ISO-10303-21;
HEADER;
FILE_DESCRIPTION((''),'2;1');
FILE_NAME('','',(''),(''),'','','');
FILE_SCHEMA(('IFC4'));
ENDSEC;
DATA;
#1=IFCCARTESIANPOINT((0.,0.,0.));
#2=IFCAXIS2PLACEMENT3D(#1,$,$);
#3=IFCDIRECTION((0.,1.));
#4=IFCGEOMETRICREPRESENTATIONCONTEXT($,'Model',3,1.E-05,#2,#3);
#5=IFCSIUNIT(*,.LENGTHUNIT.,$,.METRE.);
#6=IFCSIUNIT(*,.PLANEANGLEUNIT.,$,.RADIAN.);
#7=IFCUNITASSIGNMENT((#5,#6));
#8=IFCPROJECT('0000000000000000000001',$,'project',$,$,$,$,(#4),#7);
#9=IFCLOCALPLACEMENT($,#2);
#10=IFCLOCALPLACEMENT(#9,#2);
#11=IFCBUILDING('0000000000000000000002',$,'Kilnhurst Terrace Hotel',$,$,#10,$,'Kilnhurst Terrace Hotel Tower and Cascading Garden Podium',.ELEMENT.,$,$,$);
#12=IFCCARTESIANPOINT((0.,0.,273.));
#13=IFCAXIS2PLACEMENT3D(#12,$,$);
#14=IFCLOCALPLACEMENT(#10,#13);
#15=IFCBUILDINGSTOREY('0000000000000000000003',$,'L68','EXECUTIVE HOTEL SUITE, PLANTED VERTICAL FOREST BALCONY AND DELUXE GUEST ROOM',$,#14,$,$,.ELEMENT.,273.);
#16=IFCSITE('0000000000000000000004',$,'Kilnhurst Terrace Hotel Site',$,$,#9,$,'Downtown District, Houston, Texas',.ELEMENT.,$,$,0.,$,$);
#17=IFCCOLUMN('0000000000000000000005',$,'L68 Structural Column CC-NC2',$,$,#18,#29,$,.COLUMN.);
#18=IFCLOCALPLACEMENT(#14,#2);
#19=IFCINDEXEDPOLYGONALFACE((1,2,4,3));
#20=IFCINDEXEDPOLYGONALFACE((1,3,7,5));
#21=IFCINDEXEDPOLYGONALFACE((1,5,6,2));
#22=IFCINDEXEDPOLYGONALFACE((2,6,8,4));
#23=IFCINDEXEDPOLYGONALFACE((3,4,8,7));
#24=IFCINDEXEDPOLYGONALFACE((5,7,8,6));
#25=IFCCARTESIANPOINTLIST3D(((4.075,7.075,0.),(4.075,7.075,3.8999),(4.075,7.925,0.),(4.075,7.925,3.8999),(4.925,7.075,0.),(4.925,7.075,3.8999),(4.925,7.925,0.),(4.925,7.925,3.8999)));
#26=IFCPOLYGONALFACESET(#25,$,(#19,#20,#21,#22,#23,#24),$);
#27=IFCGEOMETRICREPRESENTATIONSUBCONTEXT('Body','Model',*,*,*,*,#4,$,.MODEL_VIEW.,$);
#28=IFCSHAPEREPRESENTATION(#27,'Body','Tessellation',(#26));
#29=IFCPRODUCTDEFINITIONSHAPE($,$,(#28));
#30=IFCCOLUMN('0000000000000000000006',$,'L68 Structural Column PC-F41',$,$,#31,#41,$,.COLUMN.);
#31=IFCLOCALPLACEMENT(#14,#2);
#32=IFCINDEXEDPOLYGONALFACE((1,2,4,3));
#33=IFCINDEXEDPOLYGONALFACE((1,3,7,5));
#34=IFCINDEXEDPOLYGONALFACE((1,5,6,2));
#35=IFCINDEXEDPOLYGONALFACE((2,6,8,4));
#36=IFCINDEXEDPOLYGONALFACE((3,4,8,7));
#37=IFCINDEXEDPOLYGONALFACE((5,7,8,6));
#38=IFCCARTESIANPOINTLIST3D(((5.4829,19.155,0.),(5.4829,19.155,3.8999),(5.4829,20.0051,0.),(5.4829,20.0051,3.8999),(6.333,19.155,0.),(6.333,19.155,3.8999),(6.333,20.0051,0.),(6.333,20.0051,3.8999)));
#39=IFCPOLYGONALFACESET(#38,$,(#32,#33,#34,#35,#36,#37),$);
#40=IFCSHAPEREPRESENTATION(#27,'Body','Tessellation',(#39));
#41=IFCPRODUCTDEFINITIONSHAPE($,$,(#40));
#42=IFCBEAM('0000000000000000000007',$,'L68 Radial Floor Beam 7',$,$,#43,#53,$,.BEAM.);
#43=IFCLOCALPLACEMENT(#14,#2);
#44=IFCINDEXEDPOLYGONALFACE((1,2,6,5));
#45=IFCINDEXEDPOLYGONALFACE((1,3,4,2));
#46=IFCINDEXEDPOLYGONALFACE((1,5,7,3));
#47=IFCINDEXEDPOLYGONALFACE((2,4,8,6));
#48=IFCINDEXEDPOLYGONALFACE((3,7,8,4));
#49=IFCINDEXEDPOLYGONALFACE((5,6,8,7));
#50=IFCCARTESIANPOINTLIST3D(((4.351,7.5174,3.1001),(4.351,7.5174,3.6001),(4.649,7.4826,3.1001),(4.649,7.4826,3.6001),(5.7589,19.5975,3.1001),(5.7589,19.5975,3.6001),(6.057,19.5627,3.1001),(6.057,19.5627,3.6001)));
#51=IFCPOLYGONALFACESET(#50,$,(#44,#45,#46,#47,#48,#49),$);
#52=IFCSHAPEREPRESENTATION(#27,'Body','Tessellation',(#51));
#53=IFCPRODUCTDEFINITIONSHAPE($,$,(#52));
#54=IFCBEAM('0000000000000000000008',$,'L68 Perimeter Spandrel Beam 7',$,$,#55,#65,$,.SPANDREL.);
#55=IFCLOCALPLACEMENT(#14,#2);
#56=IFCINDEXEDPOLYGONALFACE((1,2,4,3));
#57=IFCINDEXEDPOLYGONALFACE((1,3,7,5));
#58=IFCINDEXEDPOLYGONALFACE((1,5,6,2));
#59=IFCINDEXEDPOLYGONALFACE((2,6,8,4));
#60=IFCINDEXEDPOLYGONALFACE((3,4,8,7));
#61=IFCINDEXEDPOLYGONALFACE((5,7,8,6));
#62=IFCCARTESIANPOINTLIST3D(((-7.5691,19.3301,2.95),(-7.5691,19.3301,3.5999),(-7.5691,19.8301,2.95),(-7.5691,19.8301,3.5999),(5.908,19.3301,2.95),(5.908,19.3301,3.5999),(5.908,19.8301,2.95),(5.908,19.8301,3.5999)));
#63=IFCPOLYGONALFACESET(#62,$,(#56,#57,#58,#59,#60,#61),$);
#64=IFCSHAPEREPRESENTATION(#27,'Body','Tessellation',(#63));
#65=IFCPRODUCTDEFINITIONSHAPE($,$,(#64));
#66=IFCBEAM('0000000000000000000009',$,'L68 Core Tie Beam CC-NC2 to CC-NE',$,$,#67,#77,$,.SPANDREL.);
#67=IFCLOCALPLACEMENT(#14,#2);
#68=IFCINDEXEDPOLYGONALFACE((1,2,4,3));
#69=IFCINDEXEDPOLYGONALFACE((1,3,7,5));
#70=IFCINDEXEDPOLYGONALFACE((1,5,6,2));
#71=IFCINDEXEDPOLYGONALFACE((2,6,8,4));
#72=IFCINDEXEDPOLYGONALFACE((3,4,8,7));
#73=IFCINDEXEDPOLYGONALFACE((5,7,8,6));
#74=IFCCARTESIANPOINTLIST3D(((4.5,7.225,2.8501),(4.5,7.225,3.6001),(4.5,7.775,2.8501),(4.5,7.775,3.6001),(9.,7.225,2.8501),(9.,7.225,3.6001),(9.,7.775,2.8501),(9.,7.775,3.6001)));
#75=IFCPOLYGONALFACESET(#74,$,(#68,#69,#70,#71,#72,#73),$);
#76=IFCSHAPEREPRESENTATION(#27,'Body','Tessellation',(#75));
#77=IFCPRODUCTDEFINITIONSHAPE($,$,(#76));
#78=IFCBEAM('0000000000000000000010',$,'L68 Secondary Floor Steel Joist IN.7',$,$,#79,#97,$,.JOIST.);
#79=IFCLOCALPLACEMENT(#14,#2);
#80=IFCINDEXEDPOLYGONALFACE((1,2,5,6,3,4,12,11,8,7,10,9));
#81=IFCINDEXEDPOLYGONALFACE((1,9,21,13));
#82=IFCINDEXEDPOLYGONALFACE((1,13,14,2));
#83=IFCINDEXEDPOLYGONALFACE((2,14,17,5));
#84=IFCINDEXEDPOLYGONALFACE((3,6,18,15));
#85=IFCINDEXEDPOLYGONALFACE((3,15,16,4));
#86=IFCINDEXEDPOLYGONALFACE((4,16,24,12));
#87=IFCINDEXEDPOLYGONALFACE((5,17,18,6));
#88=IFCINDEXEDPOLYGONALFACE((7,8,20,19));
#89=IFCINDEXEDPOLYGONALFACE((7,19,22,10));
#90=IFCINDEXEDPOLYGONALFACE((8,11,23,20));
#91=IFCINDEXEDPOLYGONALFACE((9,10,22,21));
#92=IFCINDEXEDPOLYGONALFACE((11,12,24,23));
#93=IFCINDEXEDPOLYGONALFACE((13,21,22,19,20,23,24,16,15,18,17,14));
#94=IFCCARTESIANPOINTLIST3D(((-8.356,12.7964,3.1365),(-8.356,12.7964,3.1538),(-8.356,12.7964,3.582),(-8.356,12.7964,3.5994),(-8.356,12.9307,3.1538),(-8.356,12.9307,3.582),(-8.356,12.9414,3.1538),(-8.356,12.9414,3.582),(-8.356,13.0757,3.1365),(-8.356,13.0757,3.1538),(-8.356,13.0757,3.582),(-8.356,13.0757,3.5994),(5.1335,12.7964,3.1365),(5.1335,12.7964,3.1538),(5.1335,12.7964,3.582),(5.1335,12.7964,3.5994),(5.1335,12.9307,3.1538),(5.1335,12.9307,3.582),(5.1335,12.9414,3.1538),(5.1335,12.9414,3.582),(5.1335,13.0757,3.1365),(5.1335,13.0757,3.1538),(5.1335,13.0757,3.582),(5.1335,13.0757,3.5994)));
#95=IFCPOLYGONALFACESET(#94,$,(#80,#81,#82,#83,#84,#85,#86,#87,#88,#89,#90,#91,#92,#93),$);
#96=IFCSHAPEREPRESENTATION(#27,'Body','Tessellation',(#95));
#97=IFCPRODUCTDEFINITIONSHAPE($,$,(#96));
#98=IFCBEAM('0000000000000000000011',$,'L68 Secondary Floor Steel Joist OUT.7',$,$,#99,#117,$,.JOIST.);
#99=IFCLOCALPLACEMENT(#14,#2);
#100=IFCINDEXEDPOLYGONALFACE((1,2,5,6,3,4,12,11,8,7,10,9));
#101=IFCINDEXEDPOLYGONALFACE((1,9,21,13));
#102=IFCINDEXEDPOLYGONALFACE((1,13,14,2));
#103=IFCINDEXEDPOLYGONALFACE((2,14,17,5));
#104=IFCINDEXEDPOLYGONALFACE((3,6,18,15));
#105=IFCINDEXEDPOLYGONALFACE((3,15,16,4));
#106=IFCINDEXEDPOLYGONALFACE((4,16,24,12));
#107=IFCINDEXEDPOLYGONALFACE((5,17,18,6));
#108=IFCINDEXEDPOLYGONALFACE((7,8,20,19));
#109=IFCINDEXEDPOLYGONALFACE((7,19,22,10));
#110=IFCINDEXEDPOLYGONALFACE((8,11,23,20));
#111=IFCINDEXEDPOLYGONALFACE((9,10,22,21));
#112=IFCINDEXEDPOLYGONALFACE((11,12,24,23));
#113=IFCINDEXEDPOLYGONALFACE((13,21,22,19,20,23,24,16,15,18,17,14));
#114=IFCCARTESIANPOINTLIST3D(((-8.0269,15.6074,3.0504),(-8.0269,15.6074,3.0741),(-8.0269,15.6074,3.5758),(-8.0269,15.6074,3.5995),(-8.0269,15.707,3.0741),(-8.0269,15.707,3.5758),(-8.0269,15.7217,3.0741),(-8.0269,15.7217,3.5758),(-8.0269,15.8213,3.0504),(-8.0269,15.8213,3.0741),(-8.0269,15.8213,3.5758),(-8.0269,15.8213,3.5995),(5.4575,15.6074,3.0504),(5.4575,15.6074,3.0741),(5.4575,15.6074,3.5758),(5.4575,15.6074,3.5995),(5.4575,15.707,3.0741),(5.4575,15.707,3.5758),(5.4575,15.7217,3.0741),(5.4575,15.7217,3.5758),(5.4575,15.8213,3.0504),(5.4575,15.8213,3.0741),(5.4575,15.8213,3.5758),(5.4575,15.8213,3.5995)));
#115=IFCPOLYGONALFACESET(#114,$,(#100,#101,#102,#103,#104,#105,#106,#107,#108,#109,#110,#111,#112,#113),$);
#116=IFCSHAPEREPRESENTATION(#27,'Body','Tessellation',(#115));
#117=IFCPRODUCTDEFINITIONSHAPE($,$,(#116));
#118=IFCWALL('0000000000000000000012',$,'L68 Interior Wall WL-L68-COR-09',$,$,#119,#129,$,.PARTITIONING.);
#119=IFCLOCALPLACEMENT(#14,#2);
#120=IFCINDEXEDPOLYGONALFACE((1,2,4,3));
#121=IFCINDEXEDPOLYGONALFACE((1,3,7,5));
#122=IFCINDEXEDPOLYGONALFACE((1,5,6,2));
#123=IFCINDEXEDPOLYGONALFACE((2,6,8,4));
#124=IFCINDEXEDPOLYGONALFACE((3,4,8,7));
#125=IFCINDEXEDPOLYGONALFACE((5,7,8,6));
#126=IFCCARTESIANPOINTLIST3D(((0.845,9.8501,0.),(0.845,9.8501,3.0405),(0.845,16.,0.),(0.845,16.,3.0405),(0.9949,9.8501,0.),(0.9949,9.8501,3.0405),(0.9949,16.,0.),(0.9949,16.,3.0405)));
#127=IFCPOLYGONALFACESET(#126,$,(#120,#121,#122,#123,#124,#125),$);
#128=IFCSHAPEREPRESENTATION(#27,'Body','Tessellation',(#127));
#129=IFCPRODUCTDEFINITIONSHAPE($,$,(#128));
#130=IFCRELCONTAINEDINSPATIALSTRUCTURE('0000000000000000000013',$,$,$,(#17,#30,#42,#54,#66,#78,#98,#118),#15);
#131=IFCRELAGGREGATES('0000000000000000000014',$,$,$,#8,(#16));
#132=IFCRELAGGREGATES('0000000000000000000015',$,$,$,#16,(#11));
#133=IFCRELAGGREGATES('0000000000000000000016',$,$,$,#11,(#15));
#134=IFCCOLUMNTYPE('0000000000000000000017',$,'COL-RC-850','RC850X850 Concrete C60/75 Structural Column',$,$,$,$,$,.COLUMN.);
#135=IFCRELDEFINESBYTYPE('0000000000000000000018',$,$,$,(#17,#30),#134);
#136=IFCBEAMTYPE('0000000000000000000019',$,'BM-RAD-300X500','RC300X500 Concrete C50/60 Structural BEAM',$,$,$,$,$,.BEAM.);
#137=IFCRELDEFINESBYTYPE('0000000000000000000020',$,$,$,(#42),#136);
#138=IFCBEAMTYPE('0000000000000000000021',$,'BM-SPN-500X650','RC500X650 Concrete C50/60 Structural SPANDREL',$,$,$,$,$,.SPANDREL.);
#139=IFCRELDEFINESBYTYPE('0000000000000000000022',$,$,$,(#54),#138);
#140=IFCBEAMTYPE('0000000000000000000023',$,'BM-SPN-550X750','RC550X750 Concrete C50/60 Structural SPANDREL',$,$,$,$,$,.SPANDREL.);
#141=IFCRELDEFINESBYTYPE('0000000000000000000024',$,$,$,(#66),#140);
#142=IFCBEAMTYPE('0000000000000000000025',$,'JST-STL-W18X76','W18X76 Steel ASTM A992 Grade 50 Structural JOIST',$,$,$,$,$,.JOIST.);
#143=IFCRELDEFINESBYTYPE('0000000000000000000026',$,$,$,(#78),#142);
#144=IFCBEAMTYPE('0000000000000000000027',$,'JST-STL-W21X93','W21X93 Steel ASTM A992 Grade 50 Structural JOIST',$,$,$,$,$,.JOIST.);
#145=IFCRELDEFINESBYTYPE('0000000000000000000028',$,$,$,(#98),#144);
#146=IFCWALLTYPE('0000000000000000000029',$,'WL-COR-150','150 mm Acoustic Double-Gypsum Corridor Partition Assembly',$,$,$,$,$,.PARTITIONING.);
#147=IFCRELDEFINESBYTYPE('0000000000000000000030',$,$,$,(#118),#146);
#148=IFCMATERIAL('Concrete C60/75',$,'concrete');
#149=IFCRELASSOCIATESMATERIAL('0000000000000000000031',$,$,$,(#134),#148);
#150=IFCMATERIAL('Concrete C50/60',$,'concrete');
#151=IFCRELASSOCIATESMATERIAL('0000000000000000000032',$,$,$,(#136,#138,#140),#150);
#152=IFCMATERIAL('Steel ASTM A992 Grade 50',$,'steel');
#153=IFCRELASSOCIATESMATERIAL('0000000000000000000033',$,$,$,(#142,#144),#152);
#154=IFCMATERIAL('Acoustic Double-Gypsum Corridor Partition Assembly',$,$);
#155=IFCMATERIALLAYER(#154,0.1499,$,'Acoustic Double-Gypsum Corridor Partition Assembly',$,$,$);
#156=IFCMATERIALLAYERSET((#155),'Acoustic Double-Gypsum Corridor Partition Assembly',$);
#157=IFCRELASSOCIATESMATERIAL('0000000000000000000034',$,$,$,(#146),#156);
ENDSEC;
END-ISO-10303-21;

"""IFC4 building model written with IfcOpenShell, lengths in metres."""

from ifc_helpers import new_model, si_unit, direction, frame, frame_2d, origin, origin_2d, place, context, subcontext, project, spatial, rectangle, i_section, extrude, material, layer, layer_set, material_profile, profile_set, type_object, element, save


model = new_model("IFC4")

# Units and contexts
model_context = context("Model", 3, precision=1e-05, world=origin(), true_north=direction((0.0, 1.0)))
body_context = subcontext(model_context, "Body", "Model", "MODEL_VIEW")
ifc_project = project(units=[si_unit("LENGTHUNIT", "METRE"), si_unit("PLANEANGLEUNIT", "RADIAN")], contexts=[model_context])

# Site, building, storey
site_placement = place(None, origin())
site = spatial("IfcSite", under=ifc_project, at=site_placement, Name="Kilnhurst Terrace Hotel Site", LongName="Downtown District, Houston, Texas", CompositionType="ELEMENT", RefElevation=0.0)
building_placement = place(site_placement, origin())
building = spatial("IfcBuilding", under=site, at=building_placement, Name="Kilnhurst Terrace Hotel", LongName="Kilnhurst Terrace Hotel Tower and Cascading Garden Podium", CompositionType="ELEMENT")
storey_placement = place(building_placement, frame((0.0, 0.0, 273.0)))
storey = spatial("IfcBuildingStorey", under=building, at=storey_placement, Name="L68", Description="EXECUTIVE HOTEL SUITE, PLANTED VERTICAL FOREST BALCONY AND DELUXE GUEST ROOM", CompositionType="ELEMENT", Elevation=273.0)

# Columns
ifc_material_1 = material(Name="Concrete C60/75", Category="concrete")
ifc_material_profile_1 = material_profile(ifc_material_1, rectangle(XDim=0.8501, YDim=0.8501, at=origin_2d()), Name="RC850X850")
ifc_profile_set_1 = profile_set([ifc_material_profile_1], Name="Concrete C60/75")
column_type = type_object("IfcColumnType", Name="COL-RC-850", Description="RC850X850 Concrete C60/75 Structural Column", PredefinedType="COLUMN", material=ifc_profile_set_1)
for number, where, z_axis, x_axis, name in (
    (1, (4.5, 7.5, 0.0), (0.0, 0.0, 1.0), (1.0, 0.0, 0.0), "L68 Structural Column CC-NC2"),
    (2, (5.908, 19.5801, 0.0), (0.0, 0.0, 1.0), (1.0, 0.0, 0.0), "L68 Structural Column PC-F41"),
):
    element("IfcColumn", number, at=place(storey_placement, frame(where, z_axis=z_axis, x_axis=x_axis)), inside=storey, type_object=column_type, Name=name, PredefinedType="COLUMN", context=body_context, shape_type="SweptSolid", body=[
        extrude(rectangle(XDim=0.8501, YDim=0.8501, at=origin_2d()), origin(), (0.0, 0.0, 1.0), 3.8999),
    ])

# Beams
ifc_material_2 = material(Name="Concrete C50/60", Category="concrete")
ifc_material_profile_2 = material_profile(ifc_material_2, rectangle(XDim=0.3, YDim=0.5, at=origin_2d()), Name="RC300X500")
ifc_profile_set_2 = profile_set([ifc_material_profile_2], Name="Concrete C50/60")
beam_type_1 = type_object("IfcBeamType", Name="BM-RAD-300X500", Description="RC300X500 Concrete C50/60 Structural BEAM", PredefinedType="BEAM", material=ifc_profile_set_2)
beam_1_placement = place(storey_placement, frame((4.5, 7.5, 3.3501), z_axis=(0.115768, 0.993276, 0.0), x_axis=(-0.993276, 0.115768, 0.0)))
element("IfcBeam", 3, at=beam_1_placement, inside=storey, type_object=beam_type_1, Name="L68 Radial Floor Beam 7", PredefinedType="BEAM", context=body_context, shape_type="SweptSolid", body=[
    extrude(rectangle(XDim=0.3, YDim=0.5, at=origin_2d()), origin(), (0.0, 0.0, 1.0), 12.1619),
])
ifc_material_profile_3 = material_profile(ifc_material_2, rectangle(XDim=0.5, YDim=0.6499, at=origin_2d()), Name="RC500X650")
ifc_profile_set_3 = profile_set([ifc_material_profile_3], Name="Concrete C50/60")
beam_type_2 = type_object("IfcBeamType", Name="BM-SPN-500X650", Description="RC500X650 Concrete C50/60 Structural SPANDREL", PredefinedType="SPANDREL", material=ifc_profile_set_3)
beam_2_placement = place(storey_placement, frame((5.908, 19.5801, 3.2749), z_axis=(-1.0, 0.0, 0.0), x_axis=(0.0, -1.0, 0.0)))
element("IfcBeam", 4, at=beam_2_placement, inside=storey, type_object=beam_type_2, Name="L68 Perimeter Spandrel Beam 7", PredefinedType="SPANDREL", context=body_context, shape_type="SweptSolid", body=[
    extrude(rectangle(XDim=0.5, YDim=0.6499, at=origin_2d()), origin(), (0.0, 0.0, 1.0), 13.4771),
])
ifc_material_profile_4 = material_profile(ifc_material_2, rectangle(XDim=0.55, YDim=0.75, at=origin_2d()), Name="RC550X750")
ifc_profile_set_4 = profile_set([ifc_material_profile_4], Name="Concrete C50/60")
beam_type_3 = type_object("IfcBeamType", Name="BM-SPN-550X750", Description="RC550X750 Concrete C50/60 Structural SPANDREL", PredefinedType="SPANDREL", material=ifc_profile_set_4)
beam_3_placement = place(storey_placement, frame((4.5, 7.5, 3.2251), z_axis=(1.0, 0.0, 0.0), x_axis=(0.0, 1.0, 0.0)))
element("IfcBeam", 5, at=beam_3_placement, inside=storey, type_object=beam_type_3, Name="L68 Core Tie Beam CC-NC2 to CC-NE", PredefinedType="SPANDREL", context=body_context, shape_type="SweptSolid", body=[
    extrude(rectangle(XDim=0.55, YDim=0.75, at=origin_2d()), origin(), (0.0, 0.0, 1.0), 4.5),
])
ifc_material_3 = material(Name="Steel ASTM A992 Grade 50", Category="steel")
ifc_material_profile_5 = material_profile(ifc_material_3, i_section(OverallWidth=0.2793, OverallDepth=0.4629, WebThickness=0.0107, FlangeThickness=0.0173, at=origin_2d()), Name="W18X76")
ifc_profile_set_5 = profile_set([ifc_material_profile_5], Name="Steel ASTM A992 Grade 50")
beam_type_4 = type_object("IfcBeamType", Name="JST-STL-W18X76", Description="W18X76 Steel ASTM A992 Grade 50 Structural JOIST", PredefinedType="JOIST", material=ifc_profile_set_5)
beam_4_placement = place(storey_placement, frame((5.1335, 12.936, 3.3679), z_axis=(-1.0, 0.0, 0.0), x_axis=(0.0, -1.0, 0.0)))
element("IfcBeam", 6, at=beam_4_placement, inside=storey, type_object=beam_type_4, Name="L68 Secondary Floor Steel Joist IN.7", PredefinedType="JOIST", context=body_context, shape_type="SweptSolid", body=[
    extrude(i_section(OverallWidth=0.2793, OverallDepth=0.4629, WebThickness=0.0107, FlangeThickness=0.0173, at=origin_2d()), origin(), (0.0, 0.0, 1.0), 13.4895),
])
ifc_material_profile_6 = material_profile(ifc_material_3, i_section(OverallWidth=0.2139, OverallDepth=0.5491, WebThickness=0.0146, FlangeThickness=0.0237, at=origin_2d()), Name="W21X93")
ifc_profile_set_6 = profile_set([ifc_material_profile_6], Name="Steel ASTM A992 Grade 50")
beam_type_5 = type_object("IfcBeamType", Name="JST-STL-W21X93", Description="W21X93 Steel ASTM A992 Grade 50 Structural JOIST", PredefinedType="JOIST", material=ifc_profile_set_6)
beam_5_placement = place(storey_placement, frame((5.4575, 15.7144, 3.325), z_axis=(-1.0, 0.0, 0.0), x_axis=(0.0, -1.0, 0.0)))
element("IfcBeam", 7, at=beam_5_placement, inside=storey, type_object=beam_type_5, Name="L68 Secondary Floor Steel Joist OUT.7", PredefinedType="JOIST", context=body_context, shape_type="SweptSolid", body=[
    extrude(i_section(OverallWidth=0.2139, OverallDepth=0.5491, WebThickness=0.0146, FlangeThickness=0.0237, at=origin_2d()), origin(), (0.0, 0.0, 1.0), 13.4844),
])

# Wall
ifc_material_4 = material(Name="Acoustic Double-Gypsum Corridor Partition Assembly")
ifc_layer_1 = layer(ifc_material_4, 0.1499, Name="Acoustic Double-Gypsum Corridor Partition Assembly")
ifc_layer_set_1 = layer_set([ifc_layer_1], Name="Acoustic Double-Gypsum Corridor Partition Assembly")
wall_type_1 = type_object("IfcWallType", Name="WL-COR-150", Description="150 mm Acoustic Double-Gypsum Corridor Partition Assembly", PredefinedType="PARTITIONING", material=ifc_layer_set_1)
wall_1_placement = place(storey_placement, frame((0.9199, 16.0, 0.0), z_axis=(0.0, 0.0, 1.0), x_axis=(0.0, -1.0, 0.0)))
element("IfcWall", 8, at=wall_1_placement, inside=storey, type_object=wall_type_1, Name="L68 Interior Wall WL-L68-COR-09", PredefinedType="PARTITIONING", context=body_context, shape_type="SweptSolid", body=[
    extrude(rectangle(XDim=6.1499, YDim=0.1499, at=frame_2d((3.075, 0.0))), origin(), (0.0, 0.0, 1.0), 3.0405),
])

save(model, "model.ifc")
